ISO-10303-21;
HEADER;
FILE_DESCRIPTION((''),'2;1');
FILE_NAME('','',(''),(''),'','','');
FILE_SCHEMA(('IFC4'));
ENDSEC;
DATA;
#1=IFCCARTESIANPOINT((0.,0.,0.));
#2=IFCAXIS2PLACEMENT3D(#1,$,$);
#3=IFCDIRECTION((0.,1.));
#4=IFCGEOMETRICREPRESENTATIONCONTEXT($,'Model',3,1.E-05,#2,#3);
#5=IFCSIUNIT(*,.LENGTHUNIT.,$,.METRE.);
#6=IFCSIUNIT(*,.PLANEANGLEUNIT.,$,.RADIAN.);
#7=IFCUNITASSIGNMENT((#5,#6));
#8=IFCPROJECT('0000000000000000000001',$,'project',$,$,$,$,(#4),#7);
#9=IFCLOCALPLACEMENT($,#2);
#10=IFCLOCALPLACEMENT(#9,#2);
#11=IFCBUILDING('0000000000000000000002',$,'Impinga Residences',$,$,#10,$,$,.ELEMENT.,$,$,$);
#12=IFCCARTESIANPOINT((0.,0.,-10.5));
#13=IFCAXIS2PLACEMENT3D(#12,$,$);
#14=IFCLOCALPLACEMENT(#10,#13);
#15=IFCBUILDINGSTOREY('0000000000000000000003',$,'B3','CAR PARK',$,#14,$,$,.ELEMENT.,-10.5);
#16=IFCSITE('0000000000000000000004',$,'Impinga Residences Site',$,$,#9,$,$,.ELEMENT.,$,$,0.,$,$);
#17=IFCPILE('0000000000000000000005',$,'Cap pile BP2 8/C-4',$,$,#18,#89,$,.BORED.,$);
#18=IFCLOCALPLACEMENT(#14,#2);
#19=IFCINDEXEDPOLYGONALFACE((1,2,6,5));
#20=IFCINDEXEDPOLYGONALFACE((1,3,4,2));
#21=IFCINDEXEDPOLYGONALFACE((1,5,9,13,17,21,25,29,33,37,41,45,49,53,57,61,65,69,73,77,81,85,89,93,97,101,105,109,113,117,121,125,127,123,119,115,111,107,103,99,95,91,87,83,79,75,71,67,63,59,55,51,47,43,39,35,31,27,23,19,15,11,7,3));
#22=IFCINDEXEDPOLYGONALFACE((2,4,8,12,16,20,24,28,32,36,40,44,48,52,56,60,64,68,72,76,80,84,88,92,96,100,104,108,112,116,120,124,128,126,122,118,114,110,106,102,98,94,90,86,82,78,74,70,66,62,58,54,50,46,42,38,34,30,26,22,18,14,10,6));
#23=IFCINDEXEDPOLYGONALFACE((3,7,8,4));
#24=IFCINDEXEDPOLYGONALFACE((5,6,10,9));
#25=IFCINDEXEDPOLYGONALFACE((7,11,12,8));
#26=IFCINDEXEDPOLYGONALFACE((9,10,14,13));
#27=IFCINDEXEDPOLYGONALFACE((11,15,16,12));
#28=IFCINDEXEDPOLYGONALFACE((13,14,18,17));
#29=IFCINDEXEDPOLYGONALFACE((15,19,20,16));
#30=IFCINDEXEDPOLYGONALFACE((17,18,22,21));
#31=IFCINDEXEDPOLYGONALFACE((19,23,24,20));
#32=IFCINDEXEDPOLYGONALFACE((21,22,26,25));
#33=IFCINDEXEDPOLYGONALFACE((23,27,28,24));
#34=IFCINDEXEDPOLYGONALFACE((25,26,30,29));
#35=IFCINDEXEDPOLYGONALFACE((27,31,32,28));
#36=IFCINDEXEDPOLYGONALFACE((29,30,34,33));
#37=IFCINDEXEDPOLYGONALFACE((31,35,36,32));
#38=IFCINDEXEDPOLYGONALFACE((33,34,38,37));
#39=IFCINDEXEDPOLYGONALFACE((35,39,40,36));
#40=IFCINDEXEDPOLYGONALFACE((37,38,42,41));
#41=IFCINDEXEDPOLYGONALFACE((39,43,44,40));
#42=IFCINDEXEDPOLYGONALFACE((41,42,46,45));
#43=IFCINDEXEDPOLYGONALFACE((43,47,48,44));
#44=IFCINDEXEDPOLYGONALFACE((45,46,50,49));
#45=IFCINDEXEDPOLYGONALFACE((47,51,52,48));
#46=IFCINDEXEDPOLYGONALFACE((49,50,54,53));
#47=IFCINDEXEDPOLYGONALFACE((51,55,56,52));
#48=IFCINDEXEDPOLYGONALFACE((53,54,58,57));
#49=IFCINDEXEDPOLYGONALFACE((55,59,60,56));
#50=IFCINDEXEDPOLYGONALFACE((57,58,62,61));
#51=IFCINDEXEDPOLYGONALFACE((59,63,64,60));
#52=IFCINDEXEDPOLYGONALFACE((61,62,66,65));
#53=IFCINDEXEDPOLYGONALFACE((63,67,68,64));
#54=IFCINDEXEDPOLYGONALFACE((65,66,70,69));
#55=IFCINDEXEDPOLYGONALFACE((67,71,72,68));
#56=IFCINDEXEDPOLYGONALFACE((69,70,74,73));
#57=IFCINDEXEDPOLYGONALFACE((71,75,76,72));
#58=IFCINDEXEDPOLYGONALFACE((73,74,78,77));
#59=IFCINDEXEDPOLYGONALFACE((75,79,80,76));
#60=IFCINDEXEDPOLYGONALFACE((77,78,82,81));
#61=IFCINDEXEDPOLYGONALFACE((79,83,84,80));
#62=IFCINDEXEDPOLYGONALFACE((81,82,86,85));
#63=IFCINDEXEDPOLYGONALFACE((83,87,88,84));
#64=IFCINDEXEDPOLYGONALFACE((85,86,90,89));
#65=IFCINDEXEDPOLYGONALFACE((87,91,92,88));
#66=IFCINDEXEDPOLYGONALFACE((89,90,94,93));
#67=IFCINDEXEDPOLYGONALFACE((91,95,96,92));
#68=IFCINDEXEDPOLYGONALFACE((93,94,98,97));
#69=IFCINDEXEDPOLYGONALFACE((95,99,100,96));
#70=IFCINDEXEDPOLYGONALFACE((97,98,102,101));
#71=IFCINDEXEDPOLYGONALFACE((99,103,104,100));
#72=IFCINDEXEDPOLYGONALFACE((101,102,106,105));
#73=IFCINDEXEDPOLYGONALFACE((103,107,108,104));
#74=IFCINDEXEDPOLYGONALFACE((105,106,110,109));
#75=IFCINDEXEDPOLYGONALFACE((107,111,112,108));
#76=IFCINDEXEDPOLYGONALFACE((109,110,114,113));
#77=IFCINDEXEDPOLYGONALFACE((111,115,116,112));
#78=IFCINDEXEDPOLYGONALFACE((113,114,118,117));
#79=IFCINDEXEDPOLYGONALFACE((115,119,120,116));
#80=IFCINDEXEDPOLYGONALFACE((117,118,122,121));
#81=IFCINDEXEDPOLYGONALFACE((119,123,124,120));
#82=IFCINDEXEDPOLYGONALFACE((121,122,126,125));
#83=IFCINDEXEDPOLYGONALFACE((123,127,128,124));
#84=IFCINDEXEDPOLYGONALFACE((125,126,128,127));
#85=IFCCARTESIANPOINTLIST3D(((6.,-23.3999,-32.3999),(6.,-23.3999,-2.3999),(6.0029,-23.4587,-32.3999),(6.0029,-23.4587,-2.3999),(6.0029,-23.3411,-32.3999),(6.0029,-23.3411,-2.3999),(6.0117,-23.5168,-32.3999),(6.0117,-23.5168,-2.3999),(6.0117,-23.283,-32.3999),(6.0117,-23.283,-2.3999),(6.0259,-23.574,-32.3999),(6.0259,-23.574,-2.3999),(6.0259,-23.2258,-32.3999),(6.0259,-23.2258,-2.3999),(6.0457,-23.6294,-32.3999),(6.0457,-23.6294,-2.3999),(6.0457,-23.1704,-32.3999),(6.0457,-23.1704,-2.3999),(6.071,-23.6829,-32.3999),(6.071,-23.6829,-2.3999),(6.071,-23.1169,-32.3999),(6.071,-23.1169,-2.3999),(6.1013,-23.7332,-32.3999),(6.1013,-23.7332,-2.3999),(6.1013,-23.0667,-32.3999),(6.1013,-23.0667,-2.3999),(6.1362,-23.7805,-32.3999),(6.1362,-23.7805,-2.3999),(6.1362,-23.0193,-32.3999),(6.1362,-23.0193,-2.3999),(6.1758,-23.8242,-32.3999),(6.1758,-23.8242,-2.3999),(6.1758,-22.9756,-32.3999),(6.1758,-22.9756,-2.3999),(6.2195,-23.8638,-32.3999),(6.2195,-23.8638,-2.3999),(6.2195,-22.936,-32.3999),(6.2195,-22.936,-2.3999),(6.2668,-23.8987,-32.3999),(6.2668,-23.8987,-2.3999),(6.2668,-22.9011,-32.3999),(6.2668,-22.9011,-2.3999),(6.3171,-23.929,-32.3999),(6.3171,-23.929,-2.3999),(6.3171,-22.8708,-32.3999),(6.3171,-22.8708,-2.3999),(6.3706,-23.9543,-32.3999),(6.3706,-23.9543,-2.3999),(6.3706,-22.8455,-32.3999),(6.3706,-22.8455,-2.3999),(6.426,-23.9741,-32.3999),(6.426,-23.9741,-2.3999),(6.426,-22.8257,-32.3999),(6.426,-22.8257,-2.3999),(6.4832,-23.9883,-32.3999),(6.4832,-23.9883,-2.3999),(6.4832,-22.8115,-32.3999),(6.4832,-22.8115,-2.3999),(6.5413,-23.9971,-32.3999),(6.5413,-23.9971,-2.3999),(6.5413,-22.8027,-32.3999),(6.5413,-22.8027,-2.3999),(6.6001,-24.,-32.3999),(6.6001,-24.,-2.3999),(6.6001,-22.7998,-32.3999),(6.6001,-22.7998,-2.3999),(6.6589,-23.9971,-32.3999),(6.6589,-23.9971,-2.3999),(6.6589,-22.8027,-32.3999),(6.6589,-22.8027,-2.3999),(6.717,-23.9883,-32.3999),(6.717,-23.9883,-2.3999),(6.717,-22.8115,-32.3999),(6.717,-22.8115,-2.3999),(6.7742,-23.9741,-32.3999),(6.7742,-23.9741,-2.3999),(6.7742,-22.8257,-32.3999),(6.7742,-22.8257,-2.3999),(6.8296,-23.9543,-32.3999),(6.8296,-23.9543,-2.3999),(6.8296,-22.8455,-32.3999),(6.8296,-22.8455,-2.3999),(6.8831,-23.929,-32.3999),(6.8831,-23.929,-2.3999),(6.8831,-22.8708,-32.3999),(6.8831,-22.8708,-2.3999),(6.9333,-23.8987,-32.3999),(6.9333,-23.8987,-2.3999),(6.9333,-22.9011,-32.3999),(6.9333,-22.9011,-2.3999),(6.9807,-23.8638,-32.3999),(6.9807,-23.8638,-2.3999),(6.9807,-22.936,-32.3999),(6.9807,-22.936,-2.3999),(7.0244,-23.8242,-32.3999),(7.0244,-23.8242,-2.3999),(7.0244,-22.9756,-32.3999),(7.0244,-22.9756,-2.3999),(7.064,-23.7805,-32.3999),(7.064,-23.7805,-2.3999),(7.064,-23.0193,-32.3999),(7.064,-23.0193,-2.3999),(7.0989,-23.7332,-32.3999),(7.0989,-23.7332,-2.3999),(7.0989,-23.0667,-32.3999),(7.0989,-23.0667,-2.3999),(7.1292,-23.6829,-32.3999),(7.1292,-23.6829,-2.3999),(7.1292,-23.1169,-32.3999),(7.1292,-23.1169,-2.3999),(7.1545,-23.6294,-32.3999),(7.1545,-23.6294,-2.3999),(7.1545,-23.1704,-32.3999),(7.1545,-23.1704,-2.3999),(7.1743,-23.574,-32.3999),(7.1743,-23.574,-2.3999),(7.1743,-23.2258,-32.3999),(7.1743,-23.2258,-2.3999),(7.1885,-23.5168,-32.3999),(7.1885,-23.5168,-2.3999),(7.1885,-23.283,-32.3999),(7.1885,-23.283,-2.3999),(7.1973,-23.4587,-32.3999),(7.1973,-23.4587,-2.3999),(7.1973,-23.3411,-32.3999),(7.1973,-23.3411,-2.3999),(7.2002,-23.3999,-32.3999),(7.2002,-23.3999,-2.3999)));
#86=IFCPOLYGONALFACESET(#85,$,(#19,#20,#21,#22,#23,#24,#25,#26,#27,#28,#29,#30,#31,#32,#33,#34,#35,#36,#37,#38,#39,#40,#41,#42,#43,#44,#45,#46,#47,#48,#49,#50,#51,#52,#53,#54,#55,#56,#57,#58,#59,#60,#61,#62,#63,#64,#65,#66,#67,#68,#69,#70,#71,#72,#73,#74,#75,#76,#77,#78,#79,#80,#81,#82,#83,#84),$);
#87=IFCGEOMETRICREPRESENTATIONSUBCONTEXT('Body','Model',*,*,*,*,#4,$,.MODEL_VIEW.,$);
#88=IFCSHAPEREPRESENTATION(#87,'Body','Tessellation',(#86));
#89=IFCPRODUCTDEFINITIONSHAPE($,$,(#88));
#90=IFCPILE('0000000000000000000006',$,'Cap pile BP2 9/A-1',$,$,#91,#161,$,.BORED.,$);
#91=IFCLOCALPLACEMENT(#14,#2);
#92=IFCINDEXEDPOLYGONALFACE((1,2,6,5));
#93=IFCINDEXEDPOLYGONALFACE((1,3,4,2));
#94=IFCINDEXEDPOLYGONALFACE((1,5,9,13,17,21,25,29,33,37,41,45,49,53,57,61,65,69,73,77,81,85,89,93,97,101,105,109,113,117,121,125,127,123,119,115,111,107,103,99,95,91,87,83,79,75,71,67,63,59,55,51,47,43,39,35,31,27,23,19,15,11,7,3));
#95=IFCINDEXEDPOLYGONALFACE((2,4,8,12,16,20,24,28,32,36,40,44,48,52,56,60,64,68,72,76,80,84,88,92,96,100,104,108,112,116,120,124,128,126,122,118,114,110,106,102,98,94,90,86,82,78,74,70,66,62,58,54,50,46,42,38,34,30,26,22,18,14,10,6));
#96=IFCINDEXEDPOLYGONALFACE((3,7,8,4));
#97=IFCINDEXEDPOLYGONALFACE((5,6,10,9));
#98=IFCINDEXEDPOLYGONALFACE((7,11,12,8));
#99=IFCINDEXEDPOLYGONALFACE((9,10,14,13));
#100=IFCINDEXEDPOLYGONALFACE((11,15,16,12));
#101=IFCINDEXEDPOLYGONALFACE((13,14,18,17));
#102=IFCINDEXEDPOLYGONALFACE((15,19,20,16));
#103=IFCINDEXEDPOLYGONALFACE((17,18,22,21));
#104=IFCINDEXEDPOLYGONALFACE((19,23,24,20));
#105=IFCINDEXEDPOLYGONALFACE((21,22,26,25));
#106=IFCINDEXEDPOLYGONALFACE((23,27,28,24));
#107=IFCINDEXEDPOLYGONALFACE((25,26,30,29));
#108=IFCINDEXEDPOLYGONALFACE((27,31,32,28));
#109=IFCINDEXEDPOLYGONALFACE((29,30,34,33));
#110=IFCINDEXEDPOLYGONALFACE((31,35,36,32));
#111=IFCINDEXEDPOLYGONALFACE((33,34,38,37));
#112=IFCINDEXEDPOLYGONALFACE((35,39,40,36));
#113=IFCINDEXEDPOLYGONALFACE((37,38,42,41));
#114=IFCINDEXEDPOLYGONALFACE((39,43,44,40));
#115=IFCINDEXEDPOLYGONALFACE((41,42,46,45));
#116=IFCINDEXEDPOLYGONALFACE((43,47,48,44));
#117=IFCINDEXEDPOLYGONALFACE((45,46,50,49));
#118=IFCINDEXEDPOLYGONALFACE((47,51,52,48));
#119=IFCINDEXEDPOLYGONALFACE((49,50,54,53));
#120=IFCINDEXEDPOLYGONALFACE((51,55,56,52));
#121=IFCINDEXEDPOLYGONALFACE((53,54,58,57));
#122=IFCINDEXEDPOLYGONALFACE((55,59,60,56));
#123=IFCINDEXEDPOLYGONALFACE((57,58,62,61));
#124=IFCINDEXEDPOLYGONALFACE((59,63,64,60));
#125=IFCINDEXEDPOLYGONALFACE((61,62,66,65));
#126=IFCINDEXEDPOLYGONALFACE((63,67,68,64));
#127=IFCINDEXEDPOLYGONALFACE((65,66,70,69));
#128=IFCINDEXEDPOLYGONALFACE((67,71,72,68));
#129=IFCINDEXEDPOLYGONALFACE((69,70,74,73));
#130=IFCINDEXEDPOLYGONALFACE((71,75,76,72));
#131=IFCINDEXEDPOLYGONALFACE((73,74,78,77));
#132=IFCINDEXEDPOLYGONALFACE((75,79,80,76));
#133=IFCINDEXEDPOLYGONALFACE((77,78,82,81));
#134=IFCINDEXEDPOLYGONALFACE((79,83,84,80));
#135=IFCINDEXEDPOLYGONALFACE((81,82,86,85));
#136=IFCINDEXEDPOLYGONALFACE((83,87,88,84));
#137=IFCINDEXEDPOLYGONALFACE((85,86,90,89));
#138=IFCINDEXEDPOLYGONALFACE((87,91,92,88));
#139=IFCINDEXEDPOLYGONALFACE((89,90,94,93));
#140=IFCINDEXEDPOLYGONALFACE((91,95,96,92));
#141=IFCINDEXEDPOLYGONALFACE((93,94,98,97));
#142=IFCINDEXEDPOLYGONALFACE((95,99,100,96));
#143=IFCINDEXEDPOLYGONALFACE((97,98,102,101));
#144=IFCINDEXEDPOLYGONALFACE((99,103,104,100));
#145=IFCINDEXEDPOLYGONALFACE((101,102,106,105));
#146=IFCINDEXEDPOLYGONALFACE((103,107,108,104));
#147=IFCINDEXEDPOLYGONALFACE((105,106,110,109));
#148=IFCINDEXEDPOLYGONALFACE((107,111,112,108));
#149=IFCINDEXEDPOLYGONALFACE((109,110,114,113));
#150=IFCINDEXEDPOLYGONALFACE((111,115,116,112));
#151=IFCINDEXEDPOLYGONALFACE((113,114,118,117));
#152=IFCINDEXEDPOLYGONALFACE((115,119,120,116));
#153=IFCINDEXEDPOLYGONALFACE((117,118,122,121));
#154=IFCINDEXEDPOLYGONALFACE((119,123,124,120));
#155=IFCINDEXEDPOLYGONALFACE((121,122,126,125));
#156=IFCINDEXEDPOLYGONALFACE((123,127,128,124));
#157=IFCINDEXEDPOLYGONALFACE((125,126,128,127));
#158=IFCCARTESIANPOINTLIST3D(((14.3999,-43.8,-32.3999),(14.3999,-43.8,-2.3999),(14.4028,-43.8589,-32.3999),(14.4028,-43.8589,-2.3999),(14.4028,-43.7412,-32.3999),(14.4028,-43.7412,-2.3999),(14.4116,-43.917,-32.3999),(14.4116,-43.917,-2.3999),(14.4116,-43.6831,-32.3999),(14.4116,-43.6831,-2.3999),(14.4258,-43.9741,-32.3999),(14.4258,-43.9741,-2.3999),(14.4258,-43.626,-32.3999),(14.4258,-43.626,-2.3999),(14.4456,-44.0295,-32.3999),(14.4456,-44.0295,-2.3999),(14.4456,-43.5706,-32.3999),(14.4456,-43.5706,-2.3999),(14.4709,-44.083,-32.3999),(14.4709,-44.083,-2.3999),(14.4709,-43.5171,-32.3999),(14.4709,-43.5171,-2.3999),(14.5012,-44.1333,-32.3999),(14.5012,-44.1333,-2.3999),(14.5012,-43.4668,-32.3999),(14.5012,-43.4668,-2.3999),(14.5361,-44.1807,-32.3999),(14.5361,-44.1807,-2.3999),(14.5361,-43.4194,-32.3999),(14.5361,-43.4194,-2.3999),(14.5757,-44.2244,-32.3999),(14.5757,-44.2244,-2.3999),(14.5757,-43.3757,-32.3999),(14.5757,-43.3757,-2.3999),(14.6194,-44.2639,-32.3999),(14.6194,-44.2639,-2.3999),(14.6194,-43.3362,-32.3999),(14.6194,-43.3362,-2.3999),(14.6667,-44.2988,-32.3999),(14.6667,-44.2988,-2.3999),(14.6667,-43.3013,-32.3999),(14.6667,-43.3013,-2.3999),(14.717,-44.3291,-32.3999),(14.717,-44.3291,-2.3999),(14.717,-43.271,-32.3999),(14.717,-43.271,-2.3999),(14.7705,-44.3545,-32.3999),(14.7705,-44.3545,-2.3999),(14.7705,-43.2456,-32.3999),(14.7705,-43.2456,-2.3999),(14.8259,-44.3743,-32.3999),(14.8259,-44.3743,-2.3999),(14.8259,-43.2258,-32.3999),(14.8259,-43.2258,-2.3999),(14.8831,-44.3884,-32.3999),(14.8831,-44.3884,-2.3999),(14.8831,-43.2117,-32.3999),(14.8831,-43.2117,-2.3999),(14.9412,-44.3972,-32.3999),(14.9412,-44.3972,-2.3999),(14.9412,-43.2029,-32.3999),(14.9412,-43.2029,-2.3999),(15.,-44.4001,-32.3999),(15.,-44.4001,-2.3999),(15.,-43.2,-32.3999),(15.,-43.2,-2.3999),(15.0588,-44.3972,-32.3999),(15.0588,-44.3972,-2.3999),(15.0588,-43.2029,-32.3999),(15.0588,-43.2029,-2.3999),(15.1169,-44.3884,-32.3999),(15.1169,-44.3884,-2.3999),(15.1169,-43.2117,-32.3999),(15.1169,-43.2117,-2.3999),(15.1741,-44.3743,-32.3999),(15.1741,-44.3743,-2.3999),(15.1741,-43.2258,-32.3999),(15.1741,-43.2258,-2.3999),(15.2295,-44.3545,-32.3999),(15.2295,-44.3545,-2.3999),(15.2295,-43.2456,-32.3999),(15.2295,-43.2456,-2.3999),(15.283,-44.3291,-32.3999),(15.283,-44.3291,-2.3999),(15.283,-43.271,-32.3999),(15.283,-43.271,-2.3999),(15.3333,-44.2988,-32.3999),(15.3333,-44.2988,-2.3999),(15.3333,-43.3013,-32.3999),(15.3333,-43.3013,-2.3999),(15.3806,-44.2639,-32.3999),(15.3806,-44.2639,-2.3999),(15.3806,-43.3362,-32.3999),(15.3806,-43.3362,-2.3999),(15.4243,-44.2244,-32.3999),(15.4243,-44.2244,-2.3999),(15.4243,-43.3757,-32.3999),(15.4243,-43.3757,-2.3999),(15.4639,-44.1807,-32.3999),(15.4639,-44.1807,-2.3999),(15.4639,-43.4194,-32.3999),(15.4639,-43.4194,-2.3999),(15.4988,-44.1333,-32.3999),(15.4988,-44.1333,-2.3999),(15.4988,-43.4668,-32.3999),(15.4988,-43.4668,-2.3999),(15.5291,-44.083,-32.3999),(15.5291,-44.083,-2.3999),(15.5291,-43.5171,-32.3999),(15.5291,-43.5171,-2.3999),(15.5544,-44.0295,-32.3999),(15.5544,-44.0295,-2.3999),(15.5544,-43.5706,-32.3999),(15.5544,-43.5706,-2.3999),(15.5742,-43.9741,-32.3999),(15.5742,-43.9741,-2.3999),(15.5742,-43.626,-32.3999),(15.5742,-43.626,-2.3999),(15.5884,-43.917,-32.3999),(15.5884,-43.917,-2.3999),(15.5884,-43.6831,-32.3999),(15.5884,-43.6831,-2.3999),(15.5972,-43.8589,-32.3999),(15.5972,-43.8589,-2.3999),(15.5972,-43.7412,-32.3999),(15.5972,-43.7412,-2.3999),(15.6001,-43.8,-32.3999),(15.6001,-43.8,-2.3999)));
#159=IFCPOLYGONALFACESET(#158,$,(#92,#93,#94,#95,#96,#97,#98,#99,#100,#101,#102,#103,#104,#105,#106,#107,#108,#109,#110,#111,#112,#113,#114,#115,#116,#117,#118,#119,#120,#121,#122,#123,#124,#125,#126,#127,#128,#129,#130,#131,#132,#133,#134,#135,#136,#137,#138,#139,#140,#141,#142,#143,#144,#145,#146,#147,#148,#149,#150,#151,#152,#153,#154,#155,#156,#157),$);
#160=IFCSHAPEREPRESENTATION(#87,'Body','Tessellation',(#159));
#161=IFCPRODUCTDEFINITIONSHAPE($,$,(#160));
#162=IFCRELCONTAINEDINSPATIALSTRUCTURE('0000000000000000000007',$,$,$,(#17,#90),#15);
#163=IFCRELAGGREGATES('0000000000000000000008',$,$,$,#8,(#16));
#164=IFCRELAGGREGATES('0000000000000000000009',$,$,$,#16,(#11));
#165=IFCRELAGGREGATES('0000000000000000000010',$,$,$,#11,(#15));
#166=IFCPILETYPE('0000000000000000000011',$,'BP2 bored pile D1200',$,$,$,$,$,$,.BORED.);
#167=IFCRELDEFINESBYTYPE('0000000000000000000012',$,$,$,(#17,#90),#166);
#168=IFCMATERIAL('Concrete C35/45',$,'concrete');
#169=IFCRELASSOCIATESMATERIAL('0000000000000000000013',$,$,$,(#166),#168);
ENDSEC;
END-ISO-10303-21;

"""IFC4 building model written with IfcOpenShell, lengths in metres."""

from ifc_helpers import new_model, si_unit, direction, frame, origin, origin_2d, place, context, subcontext, project, spatial, polyline, circle, outline, extrude, material, material_profile, profile_set, type_object, element, save


model = new_model("IFC4")

# Units and contexts
model_context = context("Model", 3, precision=1e-05, world=origin(), true_north=direction((0.0, 1.0)))
body_context = subcontext(model_context, "Body", "Model", "MODEL_VIEW")
ifc_project = project(units=[si_unit("LENGTHUNIT", "METRE"), si_unit("PLANEANGLEUNIT", "RADIAN")], contexts=[model_context])

# Site, building, storey
site_placement = place(None, origin())
site = spatial("IfcSite", under=ifc_project, at=site_placement, Name="Impinga Residences Site", CompositionType="ELEMENT", RefElevation=0.0)
building_placement = place(site_placement, origin())
building = spatial("IfcBuilding", under=site, at=building_placement, Name="Impinga Residences", CompositionType="ELEMENT")
storey_placement = place(building_placement, frame((0.0, 0.0, -10.5)))
storey = spatial("IfcBuildingStorey", under=building, at=storey_placement, Name="B3", Description="CAR PARK", CompositionType="ELEMENT", Elevation=-10.5)

# Piles
ifc_material_1 = material(Name="Concrete C35/45", Category="concrete")
ifc_material_profile_1 = material_profile(ifc_material_1, circle(Radius=0.6001, at=origin_2d()), Name="D1200")
ifc_profile_set_1 = profile_set([ifc_material_profile_1], Name="Concrete C35/45")
pile_type = type_object("IfcPileType", Name="BP2 bored pile D1200", PredefinedType="BORED", material=ifc_profile_set_1)
pile_1_placement = place(storey_placement, frame((6.6001, -23.3999, -2.3999), z_axis=(0.0, 0.0, -1.0), x_axis=(1.0, 0.0, 0.0)))
element("IfcPile", 1, at=pile_1_placement, inside=storey, type_object=pile_type, Name="Cap pile BP2 8/C-4", PredefinedType="BORED", context=body_context, shape_type="SweptSolid", body=[
    extrude(outline(polyline([(0.6001, 0.0), (0.5972, 0.0588), (0.5884, 0.1169), (0.5742, 0.1741), (0.5544, 0.2295), (0.5291, 0.283), (0.4988, 0.3333), (0.4639, 0.3806), (0.4243, 0.4243), (0.3806, 0.4639), (0.3333, 0.4988), (0.283, 0.5291), (0.2295, 0.5544), (0.1741, 0.5742), (0.1169, 0.5884), (0.0588, 0.5972), (0.0, 0.6001), (-0.0588, 0.5972), (-0.1169, 0.5884), (-0.1741, 0.5742), (-0.2295, 0.5544), (-0.283, 0.5291), (-0.3333, 0.4988), (-0.3806, 0.4639), (-0.4243, 0.4243), (-0.4639, 0.3806), (-0.4988, 0.3333), (-0.5291, 0.283), (-0.5544, 0.2295), (-0.5742, 0.1741), (-0.5884, 0.1169), (-0.5972, 0.0588), (-0.6001, 0.0), (-0.5972, -0.0588), (-0.5884, -0.1169), (-0.5742, -0.1741), (-0.5544, -0.2295), (-0.5291, -0.283), (-0.4988, -0.3333), (-0.4639, -0.3806), (-0.4243, -0.4243), (-0.3806, -0.4639), (-0.3333, -0.4988), (-0.283, -0.5291), (-0.2295, -0.5544), (-0.1741, -0.5742), (-0.1169, -0.5884), (-0.0588, -0.5972), (0.0, -0.6001), (0.0588, -0.5972), (0.1169, -0.5884), (0.1741, -0.5742), (0.2295, -0.5544), (0.283, -0.5291), (0.3333, -0.4988), (0.3806, -0.4639), (0.4243, -0.4243), (0.4639, -0.3806), (0.4988, -0.3333), (0.5291, -0.283), (0.5544, -0.2295), (0.5742, -0.1741), (0.5884, -0.1169), (0.5972, -0.0588), (0.6001, 0.0)])), origin(), (0.0, 0.0, 1.0), 30.0),
])
pile_2_placement = place(storey_placement, frame((15.0, -43.8, -2.3999), z_axis=(0.0, 0.0, -1.0), x_axis=(1.0, 0.0, 0.0)))
element("IfcPile", 2, at=pile_2_placement, inside=storey, type_object=pile_type, Name="Cap pile BP2 9/A-1", PredefinedType="BORED", context=body_context, shape_type="SweptSolid", body=[
    extrude(outline(polyline([(0.6001, 0.0), (0.5972, 0.0588), (0.5884, 0.1169), (0.5742, 0.1741), (0.5544, 0.2295), (0.5291, 0.283), (0.4988, 0.3333), (0.4639, 0.3806), (0.4243, 0.4243), (0.3806, 0.4639), (0.3333, 0.4988), (0.283, 0.5291), (0.2295, 0.5544), (0.1741, 0.5742), (0.1169, 0.5884), (0.0588, 0.5972), (0.0, 0.6001), (-0.0588, 0.5972), (-0.1169, 0.5884), (-0.1741, 0.5742), (-0.2295, 0.5544), (-0.283, 0.5291), (-0.3333, 0.4988), (-0.3806, 0.4639), (-0.4243, 0.4243), (-0.4639, 0.3806), (-0.4988, 0.3333), (-0.5291, 0.283), (-0.5544, 0.2295), (-0.5742, 0.1741), (-0.5884, 0.1169), (-0.5972, 0.0588), (-0.6001, 0.0), (-0.5972, -0.0588), (-0.5884, -0.1169), (-0.5742, -0.1741), (-0.5544, -0.2295), (-0.5291, -0.283), (-0.4988, -0.3333), (-0.4639, -0.3806), (-0.4243, -0.4243), (-0.3806, -0.4639), (-0.3333, -0.4988), (-0.283, -0.5291), (-0.2295, -0.5544), (-0.1741, -0.5742), (-0.1169, -0.5884), (-0.0588, -0.5972), (0.0, -0.6001), (0.0588, -0.5972), (0.1169, -0.5884), (0.1741, -0.5742), (0.2295, -0.5544), (0.283, -0.5291), (0.3333, -0.4988), (0.3806, -0.4639), (0.4243, -0.4243), (0.4639, -0.3806), (0.4988, -0.3333), (0.5291, -0.283), (0.5544, -0.2295), (0.5742, -0.1741), (0.5884, -0.1169), (0.5972, -0.0588), (0.6001, 0.0)])), origin(), (0.0, 0.0, 1.0), 30.0),
])

save(model, "model.ifc")
